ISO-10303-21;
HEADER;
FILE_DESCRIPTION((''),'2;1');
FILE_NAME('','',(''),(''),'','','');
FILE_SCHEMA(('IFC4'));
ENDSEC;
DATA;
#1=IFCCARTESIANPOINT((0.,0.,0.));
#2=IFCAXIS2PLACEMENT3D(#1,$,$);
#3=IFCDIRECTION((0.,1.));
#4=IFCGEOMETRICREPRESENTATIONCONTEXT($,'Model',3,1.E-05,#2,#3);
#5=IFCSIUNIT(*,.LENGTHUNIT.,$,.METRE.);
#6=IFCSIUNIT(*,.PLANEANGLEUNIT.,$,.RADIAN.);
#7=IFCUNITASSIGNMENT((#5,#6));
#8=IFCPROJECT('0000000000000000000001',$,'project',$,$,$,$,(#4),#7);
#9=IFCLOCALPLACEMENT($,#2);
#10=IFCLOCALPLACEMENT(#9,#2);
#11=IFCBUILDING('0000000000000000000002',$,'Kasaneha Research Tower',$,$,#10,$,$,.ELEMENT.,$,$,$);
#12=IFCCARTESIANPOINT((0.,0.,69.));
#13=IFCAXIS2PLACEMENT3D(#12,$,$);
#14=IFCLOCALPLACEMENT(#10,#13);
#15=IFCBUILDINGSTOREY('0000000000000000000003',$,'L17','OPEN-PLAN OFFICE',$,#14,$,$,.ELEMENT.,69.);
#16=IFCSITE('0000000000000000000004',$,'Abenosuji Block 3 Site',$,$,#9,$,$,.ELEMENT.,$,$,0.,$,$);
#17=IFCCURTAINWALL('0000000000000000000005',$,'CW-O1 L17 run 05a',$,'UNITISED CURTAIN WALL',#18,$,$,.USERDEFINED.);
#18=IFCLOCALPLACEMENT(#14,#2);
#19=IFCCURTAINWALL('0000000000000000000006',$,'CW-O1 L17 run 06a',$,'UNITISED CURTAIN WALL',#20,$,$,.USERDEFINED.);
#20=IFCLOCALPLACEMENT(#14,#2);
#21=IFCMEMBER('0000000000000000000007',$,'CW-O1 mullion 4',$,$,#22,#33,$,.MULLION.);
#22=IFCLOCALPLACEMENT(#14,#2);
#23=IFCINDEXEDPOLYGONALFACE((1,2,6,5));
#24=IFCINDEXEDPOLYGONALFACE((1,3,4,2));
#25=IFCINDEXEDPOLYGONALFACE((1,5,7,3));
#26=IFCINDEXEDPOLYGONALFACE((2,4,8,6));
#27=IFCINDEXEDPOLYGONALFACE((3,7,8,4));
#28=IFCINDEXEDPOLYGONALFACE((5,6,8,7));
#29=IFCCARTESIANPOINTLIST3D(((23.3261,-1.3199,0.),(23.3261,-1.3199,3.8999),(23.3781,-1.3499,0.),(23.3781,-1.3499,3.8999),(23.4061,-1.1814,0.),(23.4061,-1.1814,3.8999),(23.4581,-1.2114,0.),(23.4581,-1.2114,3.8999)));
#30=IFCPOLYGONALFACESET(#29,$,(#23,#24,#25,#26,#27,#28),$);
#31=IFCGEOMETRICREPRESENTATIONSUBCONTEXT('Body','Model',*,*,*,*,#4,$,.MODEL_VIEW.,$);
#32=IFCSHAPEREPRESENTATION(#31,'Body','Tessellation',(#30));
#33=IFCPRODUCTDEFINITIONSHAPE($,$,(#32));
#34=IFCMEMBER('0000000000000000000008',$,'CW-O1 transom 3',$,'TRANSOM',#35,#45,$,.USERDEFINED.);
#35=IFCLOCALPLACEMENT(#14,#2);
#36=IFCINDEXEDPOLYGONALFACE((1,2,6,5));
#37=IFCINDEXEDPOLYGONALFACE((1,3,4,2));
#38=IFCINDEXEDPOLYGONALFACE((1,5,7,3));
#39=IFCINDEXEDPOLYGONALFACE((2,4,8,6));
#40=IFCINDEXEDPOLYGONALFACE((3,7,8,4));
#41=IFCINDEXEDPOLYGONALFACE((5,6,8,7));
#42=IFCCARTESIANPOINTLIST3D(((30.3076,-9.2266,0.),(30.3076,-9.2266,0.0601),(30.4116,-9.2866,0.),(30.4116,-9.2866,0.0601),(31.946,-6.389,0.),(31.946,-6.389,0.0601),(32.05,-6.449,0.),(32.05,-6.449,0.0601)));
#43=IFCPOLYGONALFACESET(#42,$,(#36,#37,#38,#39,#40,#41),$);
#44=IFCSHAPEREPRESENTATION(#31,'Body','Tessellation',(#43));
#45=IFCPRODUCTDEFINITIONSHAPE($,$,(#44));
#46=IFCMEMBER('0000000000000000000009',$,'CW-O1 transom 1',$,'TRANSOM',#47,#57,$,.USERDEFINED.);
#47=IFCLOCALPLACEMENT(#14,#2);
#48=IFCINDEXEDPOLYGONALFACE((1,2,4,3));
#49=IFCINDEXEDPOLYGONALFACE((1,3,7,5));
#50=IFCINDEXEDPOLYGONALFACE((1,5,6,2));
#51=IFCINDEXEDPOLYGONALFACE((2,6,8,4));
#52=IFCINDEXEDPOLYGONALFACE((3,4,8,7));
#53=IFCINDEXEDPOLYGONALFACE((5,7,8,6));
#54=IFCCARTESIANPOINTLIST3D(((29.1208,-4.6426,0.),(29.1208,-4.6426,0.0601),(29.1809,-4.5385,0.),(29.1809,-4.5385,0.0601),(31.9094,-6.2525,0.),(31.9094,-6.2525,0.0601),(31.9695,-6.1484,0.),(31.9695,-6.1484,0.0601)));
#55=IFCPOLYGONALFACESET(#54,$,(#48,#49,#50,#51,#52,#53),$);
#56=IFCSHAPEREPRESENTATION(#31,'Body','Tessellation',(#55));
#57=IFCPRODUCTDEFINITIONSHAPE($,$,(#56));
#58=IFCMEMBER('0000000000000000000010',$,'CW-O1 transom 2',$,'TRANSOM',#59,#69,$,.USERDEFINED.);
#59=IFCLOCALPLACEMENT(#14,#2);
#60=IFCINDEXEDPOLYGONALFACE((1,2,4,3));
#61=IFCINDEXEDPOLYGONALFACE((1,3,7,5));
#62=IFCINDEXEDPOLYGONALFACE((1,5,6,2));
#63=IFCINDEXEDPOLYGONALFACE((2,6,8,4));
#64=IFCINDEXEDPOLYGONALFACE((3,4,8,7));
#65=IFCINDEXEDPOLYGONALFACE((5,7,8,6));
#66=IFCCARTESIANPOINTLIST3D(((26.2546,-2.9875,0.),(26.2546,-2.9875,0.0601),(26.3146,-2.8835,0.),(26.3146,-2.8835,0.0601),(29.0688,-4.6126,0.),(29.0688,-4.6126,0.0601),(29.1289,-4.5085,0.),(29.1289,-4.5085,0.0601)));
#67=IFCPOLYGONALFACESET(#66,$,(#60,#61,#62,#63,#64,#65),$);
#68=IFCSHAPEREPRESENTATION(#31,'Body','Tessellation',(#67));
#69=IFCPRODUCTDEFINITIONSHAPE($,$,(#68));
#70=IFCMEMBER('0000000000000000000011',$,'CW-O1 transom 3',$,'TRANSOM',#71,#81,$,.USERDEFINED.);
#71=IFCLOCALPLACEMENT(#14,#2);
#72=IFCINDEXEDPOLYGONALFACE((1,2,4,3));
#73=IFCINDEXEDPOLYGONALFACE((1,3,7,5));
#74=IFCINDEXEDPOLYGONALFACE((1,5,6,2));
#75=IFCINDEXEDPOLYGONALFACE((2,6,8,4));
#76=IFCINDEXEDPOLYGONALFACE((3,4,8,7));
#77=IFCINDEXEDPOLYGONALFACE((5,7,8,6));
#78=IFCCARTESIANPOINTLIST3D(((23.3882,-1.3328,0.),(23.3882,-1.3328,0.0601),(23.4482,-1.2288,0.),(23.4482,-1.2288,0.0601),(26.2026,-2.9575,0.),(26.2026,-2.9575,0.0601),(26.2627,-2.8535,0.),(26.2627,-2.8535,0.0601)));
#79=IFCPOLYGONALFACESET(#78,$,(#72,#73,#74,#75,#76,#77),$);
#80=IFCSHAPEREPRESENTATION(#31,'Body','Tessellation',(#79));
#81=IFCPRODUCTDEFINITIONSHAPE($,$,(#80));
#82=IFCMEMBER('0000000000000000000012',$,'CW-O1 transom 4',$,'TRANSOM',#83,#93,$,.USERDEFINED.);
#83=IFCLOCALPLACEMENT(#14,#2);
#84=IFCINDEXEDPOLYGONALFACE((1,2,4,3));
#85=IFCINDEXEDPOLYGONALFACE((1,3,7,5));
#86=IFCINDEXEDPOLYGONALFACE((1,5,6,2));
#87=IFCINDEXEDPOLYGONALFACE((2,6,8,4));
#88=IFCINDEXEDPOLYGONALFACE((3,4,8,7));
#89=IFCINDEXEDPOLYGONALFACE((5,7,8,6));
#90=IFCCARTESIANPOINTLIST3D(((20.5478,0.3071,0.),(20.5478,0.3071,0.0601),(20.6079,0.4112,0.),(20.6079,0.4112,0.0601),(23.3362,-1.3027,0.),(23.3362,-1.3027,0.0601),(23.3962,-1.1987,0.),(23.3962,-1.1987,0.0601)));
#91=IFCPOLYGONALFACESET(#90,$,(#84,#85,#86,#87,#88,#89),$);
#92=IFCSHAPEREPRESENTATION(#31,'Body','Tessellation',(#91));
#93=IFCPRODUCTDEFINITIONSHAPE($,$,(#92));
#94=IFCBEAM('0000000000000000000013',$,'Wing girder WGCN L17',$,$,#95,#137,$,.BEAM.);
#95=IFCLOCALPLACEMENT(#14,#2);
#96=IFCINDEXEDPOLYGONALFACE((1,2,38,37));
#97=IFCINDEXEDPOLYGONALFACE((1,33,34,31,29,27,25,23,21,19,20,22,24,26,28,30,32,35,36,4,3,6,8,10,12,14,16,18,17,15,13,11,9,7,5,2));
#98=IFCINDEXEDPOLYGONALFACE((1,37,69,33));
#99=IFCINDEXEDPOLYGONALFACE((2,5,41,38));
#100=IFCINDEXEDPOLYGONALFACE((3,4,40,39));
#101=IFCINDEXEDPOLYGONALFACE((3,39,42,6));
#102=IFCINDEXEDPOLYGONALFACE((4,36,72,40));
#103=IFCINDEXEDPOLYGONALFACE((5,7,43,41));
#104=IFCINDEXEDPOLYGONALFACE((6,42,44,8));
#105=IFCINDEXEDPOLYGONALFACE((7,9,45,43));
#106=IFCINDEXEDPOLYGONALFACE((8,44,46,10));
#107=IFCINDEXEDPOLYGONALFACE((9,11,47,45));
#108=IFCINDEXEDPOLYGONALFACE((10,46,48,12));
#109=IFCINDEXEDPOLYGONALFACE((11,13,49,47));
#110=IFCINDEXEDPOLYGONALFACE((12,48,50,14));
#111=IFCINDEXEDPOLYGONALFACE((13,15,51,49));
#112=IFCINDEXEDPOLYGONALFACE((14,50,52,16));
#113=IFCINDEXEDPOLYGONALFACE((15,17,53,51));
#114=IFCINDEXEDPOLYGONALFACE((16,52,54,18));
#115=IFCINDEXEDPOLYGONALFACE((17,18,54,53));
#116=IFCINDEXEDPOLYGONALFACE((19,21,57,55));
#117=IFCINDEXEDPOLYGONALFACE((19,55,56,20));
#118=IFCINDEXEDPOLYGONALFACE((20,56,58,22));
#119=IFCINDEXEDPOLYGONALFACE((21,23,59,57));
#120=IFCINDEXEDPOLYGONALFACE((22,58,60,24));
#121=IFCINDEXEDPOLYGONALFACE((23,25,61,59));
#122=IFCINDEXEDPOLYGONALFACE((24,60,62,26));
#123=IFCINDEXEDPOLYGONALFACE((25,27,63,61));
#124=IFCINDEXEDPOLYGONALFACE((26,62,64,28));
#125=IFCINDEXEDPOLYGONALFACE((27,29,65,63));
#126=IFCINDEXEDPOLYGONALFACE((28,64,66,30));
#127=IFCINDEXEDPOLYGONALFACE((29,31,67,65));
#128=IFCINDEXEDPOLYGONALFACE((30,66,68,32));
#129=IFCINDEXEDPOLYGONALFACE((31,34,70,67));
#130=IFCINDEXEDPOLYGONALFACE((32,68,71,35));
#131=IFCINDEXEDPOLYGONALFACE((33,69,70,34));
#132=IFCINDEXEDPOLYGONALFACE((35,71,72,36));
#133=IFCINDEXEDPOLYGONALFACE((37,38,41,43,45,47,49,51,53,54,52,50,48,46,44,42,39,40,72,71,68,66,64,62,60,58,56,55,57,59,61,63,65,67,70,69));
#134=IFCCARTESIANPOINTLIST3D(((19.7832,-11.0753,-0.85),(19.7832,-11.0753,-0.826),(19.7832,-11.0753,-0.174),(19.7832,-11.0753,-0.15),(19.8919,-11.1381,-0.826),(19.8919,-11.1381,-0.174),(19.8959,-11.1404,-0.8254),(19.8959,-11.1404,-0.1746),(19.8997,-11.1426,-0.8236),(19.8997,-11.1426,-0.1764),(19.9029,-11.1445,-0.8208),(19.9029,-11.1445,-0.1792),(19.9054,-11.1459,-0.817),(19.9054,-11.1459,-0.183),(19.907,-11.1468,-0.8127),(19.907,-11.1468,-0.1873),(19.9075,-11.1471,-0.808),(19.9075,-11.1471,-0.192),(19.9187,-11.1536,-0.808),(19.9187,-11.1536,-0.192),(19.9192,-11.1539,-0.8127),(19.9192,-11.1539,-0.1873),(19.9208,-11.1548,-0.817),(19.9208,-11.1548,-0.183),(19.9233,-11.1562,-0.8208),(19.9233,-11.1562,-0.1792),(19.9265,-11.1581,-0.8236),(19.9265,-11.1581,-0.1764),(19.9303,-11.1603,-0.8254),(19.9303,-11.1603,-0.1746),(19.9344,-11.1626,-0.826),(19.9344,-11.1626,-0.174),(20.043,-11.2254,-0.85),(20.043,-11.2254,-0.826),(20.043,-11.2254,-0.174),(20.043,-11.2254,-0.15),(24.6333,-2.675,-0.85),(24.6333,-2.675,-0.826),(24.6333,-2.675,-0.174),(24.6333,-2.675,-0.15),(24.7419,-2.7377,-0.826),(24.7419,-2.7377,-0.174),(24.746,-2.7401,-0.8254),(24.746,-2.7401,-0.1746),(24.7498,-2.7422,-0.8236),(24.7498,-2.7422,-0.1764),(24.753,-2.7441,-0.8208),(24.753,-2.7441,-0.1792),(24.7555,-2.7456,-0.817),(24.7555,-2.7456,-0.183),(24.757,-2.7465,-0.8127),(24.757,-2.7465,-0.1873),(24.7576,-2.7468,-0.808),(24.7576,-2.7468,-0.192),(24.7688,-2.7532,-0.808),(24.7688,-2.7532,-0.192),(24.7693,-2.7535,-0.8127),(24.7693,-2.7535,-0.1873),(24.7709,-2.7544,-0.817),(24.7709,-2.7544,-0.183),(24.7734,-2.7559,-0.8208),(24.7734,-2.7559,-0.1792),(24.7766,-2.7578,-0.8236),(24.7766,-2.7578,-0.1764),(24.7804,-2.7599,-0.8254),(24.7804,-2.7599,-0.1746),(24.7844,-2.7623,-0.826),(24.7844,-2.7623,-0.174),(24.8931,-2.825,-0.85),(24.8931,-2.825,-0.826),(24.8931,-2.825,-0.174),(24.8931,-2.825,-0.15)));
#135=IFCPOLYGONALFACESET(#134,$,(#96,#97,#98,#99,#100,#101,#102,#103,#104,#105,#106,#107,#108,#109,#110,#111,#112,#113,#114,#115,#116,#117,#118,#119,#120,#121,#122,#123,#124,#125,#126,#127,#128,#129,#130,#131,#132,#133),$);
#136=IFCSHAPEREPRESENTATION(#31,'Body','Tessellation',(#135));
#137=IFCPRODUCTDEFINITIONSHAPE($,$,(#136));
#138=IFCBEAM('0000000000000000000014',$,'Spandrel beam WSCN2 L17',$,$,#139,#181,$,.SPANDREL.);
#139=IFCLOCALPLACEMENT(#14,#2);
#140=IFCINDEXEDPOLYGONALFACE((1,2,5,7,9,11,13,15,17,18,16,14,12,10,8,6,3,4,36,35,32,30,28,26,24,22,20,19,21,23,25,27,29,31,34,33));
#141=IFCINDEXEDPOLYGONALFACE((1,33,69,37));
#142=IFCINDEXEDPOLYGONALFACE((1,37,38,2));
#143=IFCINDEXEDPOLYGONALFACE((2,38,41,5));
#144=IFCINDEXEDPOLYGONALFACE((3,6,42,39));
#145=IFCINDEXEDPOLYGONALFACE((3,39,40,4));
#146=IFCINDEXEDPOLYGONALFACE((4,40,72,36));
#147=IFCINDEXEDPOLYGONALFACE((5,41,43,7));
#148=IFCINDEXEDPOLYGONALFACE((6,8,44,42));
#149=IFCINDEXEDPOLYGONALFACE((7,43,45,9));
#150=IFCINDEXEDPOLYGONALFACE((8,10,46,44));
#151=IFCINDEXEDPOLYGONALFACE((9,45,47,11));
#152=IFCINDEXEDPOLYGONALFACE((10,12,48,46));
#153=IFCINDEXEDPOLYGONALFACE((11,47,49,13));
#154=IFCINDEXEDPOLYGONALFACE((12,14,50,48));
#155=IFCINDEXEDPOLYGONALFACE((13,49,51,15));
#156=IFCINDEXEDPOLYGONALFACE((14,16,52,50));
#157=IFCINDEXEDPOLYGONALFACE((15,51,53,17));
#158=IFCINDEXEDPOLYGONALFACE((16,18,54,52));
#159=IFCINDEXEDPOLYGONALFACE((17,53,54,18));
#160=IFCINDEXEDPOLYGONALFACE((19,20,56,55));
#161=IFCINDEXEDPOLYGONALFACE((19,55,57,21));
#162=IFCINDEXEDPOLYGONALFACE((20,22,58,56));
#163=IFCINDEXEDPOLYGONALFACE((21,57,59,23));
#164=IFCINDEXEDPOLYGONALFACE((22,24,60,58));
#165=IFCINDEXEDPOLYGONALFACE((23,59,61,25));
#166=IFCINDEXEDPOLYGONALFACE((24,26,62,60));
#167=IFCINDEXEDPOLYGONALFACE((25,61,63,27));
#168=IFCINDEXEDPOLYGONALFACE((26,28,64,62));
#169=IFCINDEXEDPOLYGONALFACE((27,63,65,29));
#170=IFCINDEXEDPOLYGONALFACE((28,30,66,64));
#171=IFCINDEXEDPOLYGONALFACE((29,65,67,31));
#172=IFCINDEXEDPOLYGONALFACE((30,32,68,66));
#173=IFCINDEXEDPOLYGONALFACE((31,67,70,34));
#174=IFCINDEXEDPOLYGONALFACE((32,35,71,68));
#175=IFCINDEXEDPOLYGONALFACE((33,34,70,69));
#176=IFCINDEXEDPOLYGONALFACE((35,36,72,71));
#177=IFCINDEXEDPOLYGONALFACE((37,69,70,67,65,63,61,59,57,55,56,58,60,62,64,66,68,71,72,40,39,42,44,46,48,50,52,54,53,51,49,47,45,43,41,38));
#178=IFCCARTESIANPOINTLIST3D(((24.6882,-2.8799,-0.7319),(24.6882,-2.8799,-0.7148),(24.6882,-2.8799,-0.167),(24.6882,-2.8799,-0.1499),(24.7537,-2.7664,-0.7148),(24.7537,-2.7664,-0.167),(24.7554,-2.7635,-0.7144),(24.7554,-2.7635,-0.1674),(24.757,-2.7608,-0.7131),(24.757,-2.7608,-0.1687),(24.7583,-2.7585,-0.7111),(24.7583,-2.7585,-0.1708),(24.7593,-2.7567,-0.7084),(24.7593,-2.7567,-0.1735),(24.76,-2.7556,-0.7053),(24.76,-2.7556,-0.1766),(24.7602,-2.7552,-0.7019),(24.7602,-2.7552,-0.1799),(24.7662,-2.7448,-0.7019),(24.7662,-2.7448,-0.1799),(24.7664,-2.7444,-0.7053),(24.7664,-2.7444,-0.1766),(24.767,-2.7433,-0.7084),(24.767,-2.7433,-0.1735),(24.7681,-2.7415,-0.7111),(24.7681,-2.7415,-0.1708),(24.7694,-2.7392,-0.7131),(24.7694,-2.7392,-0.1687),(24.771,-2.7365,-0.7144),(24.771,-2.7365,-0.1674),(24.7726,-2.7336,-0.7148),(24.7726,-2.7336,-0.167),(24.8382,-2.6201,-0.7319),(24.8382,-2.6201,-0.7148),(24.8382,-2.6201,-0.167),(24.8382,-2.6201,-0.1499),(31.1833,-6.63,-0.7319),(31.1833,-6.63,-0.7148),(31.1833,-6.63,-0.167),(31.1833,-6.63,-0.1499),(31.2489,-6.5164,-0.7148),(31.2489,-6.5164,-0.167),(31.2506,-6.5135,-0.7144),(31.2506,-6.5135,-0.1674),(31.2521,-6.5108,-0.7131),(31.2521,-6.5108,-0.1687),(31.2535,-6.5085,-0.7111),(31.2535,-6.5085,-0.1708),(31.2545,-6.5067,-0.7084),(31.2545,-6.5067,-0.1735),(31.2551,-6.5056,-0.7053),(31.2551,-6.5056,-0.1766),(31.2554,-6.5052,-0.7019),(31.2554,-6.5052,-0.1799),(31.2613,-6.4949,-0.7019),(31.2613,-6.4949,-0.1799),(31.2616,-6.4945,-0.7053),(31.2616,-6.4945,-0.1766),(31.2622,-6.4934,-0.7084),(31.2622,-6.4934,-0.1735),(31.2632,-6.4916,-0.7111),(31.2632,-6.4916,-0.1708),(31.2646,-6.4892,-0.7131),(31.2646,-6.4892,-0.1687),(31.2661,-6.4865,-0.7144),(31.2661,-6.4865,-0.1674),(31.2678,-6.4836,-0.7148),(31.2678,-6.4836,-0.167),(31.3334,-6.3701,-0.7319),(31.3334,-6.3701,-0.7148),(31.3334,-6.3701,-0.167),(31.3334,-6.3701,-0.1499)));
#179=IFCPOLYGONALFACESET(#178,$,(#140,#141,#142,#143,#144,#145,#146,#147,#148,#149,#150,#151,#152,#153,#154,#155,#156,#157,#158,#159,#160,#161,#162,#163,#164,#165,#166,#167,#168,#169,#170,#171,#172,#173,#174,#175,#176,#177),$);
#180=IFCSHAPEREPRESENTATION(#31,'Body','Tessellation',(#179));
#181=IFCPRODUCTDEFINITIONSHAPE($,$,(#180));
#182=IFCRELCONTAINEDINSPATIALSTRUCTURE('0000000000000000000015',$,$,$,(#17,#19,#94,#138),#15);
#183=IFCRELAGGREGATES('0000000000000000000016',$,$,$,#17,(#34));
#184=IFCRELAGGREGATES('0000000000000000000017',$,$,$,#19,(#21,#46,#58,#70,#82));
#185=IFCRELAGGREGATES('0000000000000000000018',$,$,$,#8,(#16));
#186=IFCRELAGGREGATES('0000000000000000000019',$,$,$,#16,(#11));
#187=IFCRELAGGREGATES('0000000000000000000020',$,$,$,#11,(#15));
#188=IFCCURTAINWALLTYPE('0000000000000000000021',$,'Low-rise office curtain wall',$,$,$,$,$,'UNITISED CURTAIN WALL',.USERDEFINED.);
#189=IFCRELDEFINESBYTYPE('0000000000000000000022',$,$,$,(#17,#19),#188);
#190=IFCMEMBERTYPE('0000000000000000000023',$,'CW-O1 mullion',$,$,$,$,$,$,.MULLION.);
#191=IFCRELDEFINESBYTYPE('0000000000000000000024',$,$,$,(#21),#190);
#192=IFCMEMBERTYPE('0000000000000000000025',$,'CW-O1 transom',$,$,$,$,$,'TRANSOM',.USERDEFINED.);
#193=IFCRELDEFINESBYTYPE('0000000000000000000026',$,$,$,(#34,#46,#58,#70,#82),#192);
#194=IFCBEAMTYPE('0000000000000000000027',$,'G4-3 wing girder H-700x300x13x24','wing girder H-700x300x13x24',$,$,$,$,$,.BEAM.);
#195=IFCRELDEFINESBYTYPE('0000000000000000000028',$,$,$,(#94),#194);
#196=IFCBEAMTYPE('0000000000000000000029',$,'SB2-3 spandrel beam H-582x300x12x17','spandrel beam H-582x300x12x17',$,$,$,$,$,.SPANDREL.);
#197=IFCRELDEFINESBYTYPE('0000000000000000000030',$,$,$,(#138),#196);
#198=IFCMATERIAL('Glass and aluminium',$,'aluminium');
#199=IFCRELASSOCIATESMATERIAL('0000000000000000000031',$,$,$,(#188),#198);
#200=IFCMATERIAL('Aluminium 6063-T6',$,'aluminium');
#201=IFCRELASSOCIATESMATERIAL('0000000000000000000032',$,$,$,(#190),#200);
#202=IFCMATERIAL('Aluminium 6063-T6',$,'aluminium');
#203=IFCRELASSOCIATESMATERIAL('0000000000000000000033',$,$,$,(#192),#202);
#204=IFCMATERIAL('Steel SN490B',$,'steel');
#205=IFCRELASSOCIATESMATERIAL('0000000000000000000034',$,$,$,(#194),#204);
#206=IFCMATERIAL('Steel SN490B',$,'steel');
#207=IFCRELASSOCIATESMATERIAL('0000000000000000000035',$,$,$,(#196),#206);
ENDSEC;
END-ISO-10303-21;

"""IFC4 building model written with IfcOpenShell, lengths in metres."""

from ifc_helpers import new_model, si_unit, direction, frame, origin, origin_2d, place, context, subcontext, project, spatial, rectangle, i_section, extrude, material, material_profile, profile_set, type_object, element, aggregate, save


model = new_model("IFC4")

# Units and contexts
model_context = context("Model", 3, precision=1e-05, world=origin(), true_north=direction((0.0, 1.0)))
body_context = subcontext(model_context, "Body", "Model", "MODEL_VIEW")
ifc_project = project(units=[si_unit("LENGTHUNIT", "METRE"), si_unit("PLANEANGLEUNIT", "RADIAN")], contexts=[model_context])

# Site, building, storey
site_placement = place(None, origin())
site = spatial("IfcSite", under=ifc_project, at=site_placement, Name="Abenosuji Block 3 Site", CompositionType="ELEMENT", RefElevation=0.0)
building_placement = place(site_placement, origin())
building = spatial("IfcBuilding", under=site, at=building_placement, Name="Kasaneha Research Tower", CompositionType="ELEMENT")
storey_placement = place(building_placement, frame((0.0, 0.0, 69.0)))
storey = spatial("IfcBuildingStorey", under=building, at=storey_placement, Name="L17", Description="OPEN-PLAN OFFICE", CompositionType="ELEMENT", Elevation=69.0)

# Curtain walls, member
ifc_material_1 = material(Name="Glass and aluminium", Category="aluminium")
curtain_wall_type = type_object("IfcCurtainWallType", Name="Low-rise office curtain wall", ElementType="UNITISED CURTAIN WALL", PredefinedType="USERDEFINED", material=ifc_material_1)
curtain_wall_1_placement = place(storey_placement, origin())
curtain_wall_1 = element("IfcCurtainWall", 1, at=curtain_wall_1_placement, inside=storey, type_object=curtain_wall_type, Name="CW-O1 L17 run 05a", ObjectType="UNITISED CURTAIN WALL", PredefinedType="USERDEFINED")
ifc_material_2 = material(Name="Aluminium 6063-T6", Category="aluminium")
ifc_material_profile_1 = material_profile(ifc_material_2, rectangle(XDim=0.0601, YDim=0.1599, at=origin_2d()), Name="CW-O1 mullion 60x160")
ifc_profile_set_1 = profile_set([ifc_material_profile_1], Name="Aluminium 6063-T6")
member_type_1 = type_object("IfcMemberType", Name="CW-O1 mullion", PredefinedType="MULLION", material=ifc_profile_set_1)
curtain_wall_2_placement = place(storey_placement, origin())
curtain_wall_2 = element("IfcCurtainWall", 2, at=curtain_wall_2_placement, inside=storey, type_object=curtain_wall_type, Name="CW-O1 L17 run 06a", ObjectType="UNITISED CURTAIN WALL", PredefinedType="USERDEFINED")
member_1_placement = place(storey_placement, frame((23.3921, -1.2656, 0.0), z_axis=(0.0, 0.0, 1.0), x_axis=(-0.866025, 0.5, 0.0)))
member_1 = element("IfcMember", 3, at=member_1_placement, type_object=member_type_1, Name="CW-O1 mullion 4", PredefinedType="MULLION", context=body_context, shape_type="SweptSolid", body=[
    extrude(rectangle(XDim=0.0601, YDim=0.1599, at=origin_2d()), origin(), (0.0, 0.0, 1.0), 3.8999),
])

# Members
ifc_material_3 = material(Name="Aluminium 6063-T6", Category="aluminium")
ifc_material_profile_2 = material_profile(ifc_material_3, rectangle(XDim=0.1201, YDim=0.0601, at=origin_2d()), Name="CW-O1 transom 120x60")
ifc_profile_set_2 = profile_set([ifc_material_profile_2], Name="Aluminium 6063-T6")
member_type_2 = type_object("IfcMemberType", Name="CW-O1 transom", ElementType="TRANSOM", PredefinedType="USERDEFINED", material=ifc_profile_set_2)
member_2_placement = place(storey_placement, frame((30.3596, -9.2566, 0.03), z_axis=(0.500026, 0.866011, 0.0), x_axis=(-0.866011, 0.500026, 0.0)))
member_2 = element("IfcMember", 4, at=member_2_placement, type_object=member_type_2, Name="CW-O1 transom 3", ObjectType="TRANSOM", PredefinedType="USERDEFINED", context=body_context, shape_type="SweptSolid", body=[
    extrude(rectangle(XDim=0.1201, YDim=0.0601, at=origin_2d()), origin(), (0.0, 0.0, 1.0), 3.2766),
])
member_3_placement = place(storey_placement, frame((31.9395, -6.2004, 0.03), z_axis=(-0.866042, 0.499972, 0.0), x_axis=(-0.499972, -0.866042, 0.0)))
member_3 = element("IfcMember", 5, at=member_3_placement, type_object=member_type_2, Name="CW-O1 transom 1", ObjectType="TRANSOM", PredefinedType="USERDEFINED", context=body_context, shape_type="SweptSolid", body=[
    extrude(rectangle(XDim=0.1201, YDim=0.0601, at=origin_2d()), origin(), (0.0, 0.0, 1.0), 3.22),
])
member_4_placement = place(storey_placement, frame((29.0989, -4.5605, 0.03), z_axis=(-0.865997, 0.50005, 0.0), x_axis=(-0.50005, -0.865997, 0.0)))
member_4 = element("IfcMember", 6, at=member_4_placement, type_object=member_type_2, Name="CW-O1 transom 2", ObjectType="TRANSOM", PredefinedType="USERDEFINED", context=body_context, shape_type="SweptSolid", body=[
    extrude(rectangle(XDim=0.1201, YDim=0.0601, at=origin_2d()), origin(), (0.0, 0.0, 1.0), 3.2498),
])
member_5_placement = place(storey_placement, frame((26.2327, -2.9055, 0.03), z_axis=(-0.866048, 0.499961, 0.0), x_axis=(-0.499961, -0.866048, 0.0)))
member_5 = element("IfcMember", 7, at=member_5_placement, type_object=member_type_2, Name="CW-O1 transom 3", ObjectType="TRANSOM", PredefinedType="USERDEFINED", context=body_context, shape_type="SweptSolid", body=[
    extrude(rectangle(XDim=0.1201, YDim=0.0601, at=origin_2d()), origin(), (0.0, 0.0, 1.0), 3.2498),
])
member_6_placement = place(storey_placement, frame((23.3662, -1.2507, 0.03), z_axis=(-0.866023, 0.500005, 0.0), x_axis=(-0.500005, -0.866023, 0.0)))
member_6 = element("IfcMember", 8, at=member_6_placement, type_object=member_type_2, Name="CW-O1 transom 4", ObjectType="TRANSOM", PredefinedType="USERDEFINED", context=body_context, shape_type="SweptSolid", body=[
    extrude(rectangle(XDim=0.1201, YDim=0.0601, at=origin_2d()), origin(), (0.0, 0.0, 1.0), 3.2197),
])

# Beams
ifc_material_4 = material(Name="Steel SN490B", Category="steel")
ifc_material_profile_3 = material_profile(ifc_material_4, i_section(OverallWidth=0.3, OverallDepth=0.7, WebThickness=0.0129, FlangeThickness=0.0239, FilletRadius=0.0181, at=origin_2d()), Name="H-700x300x13x24")
ifc_profile_set_3 = profile_set([ifc_material_profile_3], Name="Steel SN490B")
beam_type_1 = type_object("IfcBeamType", Name="G4-3 wing girder H-700x300x13x24", Description="wing girder H-700x300x13x24", PredefinedType="BEAM", material=ifc_profile_set_3)
beam_1_placement = place(storey_placement, frame((24.7632, -2.75, -0.5), z_axis=(-0.50001, -0.86602, 0.0), x_axis=(0.86602, -0.50001, 0.0)))
element("IfcBeam", 9, at=beam_1_placement, inside=storey, type_object=beam_type_1, Name="Wing girder WGCN L17", PredefinedType="BEAM", context=body_context, shape_type="SweptSolid", body=[
    extrude(i_section(OverallWidth=0.3, OverallDepth=0.7, WebThickness=0.0129, FlangeThickness=0.0239, FilletRadius=0.0181, at=origin_2d()), origin(), (0.0, 0.0, 1.0), 9.7),
])
ifc_material_5 = material(Name="Steel SN490B", Category="steel")
ifc_material_profile_4 = material_profile(ifc_material_5, i_section(OverallWidth=0.3, OverallDepth=0.582, WebThickness=0.012, FlangeThickness=0.0171, FilletRadius=0.0129, at=origin_2d()), Name="H-582x300x12x17")
ifc_profile_set_4 = profile_set([ifc_material_profile_4], Name="Steel SN490B")
beam_type_2 = type_object("IfcBeamType", Name="SB2-3 spandrel beam H-582x300x12x17", Description="spandrel beam H-582x300x12x17", PredefinedType="SPANDREL", material=ifc_profile_set_4)
beam_2_placement = place(storey_placement, frame((24.7632, -2.75, -0.4409), z_axis=(0.866023, -0.500004, 0.0), x_axis=(0.500004, 0.866023, 0.0)))
element("IfcBeam", 10, at=beam_2_placement, inside=storey, type_object=beam_type_2, Name="Spandrel beam WSCN2 L17", PredefinedType="SPANDREL", context=body_context, shape_type="SweptSolid", body=[
    extrude(i_section(OverallWidth=0.3, OverallDepth=0.582, WebThickness=0.012, FlangeThickness=0.0171, FilletRadius=0.0129, at=origin_2d()), origin(), (0.0, 0.0, 1.0), 7.5),
])

aggregate(curtain_wall_1, [member_2])
aggregate(curtain_wall_2, [member_1, member_3, member_4, member_5, member_6])

save(model, "model.ifc")
